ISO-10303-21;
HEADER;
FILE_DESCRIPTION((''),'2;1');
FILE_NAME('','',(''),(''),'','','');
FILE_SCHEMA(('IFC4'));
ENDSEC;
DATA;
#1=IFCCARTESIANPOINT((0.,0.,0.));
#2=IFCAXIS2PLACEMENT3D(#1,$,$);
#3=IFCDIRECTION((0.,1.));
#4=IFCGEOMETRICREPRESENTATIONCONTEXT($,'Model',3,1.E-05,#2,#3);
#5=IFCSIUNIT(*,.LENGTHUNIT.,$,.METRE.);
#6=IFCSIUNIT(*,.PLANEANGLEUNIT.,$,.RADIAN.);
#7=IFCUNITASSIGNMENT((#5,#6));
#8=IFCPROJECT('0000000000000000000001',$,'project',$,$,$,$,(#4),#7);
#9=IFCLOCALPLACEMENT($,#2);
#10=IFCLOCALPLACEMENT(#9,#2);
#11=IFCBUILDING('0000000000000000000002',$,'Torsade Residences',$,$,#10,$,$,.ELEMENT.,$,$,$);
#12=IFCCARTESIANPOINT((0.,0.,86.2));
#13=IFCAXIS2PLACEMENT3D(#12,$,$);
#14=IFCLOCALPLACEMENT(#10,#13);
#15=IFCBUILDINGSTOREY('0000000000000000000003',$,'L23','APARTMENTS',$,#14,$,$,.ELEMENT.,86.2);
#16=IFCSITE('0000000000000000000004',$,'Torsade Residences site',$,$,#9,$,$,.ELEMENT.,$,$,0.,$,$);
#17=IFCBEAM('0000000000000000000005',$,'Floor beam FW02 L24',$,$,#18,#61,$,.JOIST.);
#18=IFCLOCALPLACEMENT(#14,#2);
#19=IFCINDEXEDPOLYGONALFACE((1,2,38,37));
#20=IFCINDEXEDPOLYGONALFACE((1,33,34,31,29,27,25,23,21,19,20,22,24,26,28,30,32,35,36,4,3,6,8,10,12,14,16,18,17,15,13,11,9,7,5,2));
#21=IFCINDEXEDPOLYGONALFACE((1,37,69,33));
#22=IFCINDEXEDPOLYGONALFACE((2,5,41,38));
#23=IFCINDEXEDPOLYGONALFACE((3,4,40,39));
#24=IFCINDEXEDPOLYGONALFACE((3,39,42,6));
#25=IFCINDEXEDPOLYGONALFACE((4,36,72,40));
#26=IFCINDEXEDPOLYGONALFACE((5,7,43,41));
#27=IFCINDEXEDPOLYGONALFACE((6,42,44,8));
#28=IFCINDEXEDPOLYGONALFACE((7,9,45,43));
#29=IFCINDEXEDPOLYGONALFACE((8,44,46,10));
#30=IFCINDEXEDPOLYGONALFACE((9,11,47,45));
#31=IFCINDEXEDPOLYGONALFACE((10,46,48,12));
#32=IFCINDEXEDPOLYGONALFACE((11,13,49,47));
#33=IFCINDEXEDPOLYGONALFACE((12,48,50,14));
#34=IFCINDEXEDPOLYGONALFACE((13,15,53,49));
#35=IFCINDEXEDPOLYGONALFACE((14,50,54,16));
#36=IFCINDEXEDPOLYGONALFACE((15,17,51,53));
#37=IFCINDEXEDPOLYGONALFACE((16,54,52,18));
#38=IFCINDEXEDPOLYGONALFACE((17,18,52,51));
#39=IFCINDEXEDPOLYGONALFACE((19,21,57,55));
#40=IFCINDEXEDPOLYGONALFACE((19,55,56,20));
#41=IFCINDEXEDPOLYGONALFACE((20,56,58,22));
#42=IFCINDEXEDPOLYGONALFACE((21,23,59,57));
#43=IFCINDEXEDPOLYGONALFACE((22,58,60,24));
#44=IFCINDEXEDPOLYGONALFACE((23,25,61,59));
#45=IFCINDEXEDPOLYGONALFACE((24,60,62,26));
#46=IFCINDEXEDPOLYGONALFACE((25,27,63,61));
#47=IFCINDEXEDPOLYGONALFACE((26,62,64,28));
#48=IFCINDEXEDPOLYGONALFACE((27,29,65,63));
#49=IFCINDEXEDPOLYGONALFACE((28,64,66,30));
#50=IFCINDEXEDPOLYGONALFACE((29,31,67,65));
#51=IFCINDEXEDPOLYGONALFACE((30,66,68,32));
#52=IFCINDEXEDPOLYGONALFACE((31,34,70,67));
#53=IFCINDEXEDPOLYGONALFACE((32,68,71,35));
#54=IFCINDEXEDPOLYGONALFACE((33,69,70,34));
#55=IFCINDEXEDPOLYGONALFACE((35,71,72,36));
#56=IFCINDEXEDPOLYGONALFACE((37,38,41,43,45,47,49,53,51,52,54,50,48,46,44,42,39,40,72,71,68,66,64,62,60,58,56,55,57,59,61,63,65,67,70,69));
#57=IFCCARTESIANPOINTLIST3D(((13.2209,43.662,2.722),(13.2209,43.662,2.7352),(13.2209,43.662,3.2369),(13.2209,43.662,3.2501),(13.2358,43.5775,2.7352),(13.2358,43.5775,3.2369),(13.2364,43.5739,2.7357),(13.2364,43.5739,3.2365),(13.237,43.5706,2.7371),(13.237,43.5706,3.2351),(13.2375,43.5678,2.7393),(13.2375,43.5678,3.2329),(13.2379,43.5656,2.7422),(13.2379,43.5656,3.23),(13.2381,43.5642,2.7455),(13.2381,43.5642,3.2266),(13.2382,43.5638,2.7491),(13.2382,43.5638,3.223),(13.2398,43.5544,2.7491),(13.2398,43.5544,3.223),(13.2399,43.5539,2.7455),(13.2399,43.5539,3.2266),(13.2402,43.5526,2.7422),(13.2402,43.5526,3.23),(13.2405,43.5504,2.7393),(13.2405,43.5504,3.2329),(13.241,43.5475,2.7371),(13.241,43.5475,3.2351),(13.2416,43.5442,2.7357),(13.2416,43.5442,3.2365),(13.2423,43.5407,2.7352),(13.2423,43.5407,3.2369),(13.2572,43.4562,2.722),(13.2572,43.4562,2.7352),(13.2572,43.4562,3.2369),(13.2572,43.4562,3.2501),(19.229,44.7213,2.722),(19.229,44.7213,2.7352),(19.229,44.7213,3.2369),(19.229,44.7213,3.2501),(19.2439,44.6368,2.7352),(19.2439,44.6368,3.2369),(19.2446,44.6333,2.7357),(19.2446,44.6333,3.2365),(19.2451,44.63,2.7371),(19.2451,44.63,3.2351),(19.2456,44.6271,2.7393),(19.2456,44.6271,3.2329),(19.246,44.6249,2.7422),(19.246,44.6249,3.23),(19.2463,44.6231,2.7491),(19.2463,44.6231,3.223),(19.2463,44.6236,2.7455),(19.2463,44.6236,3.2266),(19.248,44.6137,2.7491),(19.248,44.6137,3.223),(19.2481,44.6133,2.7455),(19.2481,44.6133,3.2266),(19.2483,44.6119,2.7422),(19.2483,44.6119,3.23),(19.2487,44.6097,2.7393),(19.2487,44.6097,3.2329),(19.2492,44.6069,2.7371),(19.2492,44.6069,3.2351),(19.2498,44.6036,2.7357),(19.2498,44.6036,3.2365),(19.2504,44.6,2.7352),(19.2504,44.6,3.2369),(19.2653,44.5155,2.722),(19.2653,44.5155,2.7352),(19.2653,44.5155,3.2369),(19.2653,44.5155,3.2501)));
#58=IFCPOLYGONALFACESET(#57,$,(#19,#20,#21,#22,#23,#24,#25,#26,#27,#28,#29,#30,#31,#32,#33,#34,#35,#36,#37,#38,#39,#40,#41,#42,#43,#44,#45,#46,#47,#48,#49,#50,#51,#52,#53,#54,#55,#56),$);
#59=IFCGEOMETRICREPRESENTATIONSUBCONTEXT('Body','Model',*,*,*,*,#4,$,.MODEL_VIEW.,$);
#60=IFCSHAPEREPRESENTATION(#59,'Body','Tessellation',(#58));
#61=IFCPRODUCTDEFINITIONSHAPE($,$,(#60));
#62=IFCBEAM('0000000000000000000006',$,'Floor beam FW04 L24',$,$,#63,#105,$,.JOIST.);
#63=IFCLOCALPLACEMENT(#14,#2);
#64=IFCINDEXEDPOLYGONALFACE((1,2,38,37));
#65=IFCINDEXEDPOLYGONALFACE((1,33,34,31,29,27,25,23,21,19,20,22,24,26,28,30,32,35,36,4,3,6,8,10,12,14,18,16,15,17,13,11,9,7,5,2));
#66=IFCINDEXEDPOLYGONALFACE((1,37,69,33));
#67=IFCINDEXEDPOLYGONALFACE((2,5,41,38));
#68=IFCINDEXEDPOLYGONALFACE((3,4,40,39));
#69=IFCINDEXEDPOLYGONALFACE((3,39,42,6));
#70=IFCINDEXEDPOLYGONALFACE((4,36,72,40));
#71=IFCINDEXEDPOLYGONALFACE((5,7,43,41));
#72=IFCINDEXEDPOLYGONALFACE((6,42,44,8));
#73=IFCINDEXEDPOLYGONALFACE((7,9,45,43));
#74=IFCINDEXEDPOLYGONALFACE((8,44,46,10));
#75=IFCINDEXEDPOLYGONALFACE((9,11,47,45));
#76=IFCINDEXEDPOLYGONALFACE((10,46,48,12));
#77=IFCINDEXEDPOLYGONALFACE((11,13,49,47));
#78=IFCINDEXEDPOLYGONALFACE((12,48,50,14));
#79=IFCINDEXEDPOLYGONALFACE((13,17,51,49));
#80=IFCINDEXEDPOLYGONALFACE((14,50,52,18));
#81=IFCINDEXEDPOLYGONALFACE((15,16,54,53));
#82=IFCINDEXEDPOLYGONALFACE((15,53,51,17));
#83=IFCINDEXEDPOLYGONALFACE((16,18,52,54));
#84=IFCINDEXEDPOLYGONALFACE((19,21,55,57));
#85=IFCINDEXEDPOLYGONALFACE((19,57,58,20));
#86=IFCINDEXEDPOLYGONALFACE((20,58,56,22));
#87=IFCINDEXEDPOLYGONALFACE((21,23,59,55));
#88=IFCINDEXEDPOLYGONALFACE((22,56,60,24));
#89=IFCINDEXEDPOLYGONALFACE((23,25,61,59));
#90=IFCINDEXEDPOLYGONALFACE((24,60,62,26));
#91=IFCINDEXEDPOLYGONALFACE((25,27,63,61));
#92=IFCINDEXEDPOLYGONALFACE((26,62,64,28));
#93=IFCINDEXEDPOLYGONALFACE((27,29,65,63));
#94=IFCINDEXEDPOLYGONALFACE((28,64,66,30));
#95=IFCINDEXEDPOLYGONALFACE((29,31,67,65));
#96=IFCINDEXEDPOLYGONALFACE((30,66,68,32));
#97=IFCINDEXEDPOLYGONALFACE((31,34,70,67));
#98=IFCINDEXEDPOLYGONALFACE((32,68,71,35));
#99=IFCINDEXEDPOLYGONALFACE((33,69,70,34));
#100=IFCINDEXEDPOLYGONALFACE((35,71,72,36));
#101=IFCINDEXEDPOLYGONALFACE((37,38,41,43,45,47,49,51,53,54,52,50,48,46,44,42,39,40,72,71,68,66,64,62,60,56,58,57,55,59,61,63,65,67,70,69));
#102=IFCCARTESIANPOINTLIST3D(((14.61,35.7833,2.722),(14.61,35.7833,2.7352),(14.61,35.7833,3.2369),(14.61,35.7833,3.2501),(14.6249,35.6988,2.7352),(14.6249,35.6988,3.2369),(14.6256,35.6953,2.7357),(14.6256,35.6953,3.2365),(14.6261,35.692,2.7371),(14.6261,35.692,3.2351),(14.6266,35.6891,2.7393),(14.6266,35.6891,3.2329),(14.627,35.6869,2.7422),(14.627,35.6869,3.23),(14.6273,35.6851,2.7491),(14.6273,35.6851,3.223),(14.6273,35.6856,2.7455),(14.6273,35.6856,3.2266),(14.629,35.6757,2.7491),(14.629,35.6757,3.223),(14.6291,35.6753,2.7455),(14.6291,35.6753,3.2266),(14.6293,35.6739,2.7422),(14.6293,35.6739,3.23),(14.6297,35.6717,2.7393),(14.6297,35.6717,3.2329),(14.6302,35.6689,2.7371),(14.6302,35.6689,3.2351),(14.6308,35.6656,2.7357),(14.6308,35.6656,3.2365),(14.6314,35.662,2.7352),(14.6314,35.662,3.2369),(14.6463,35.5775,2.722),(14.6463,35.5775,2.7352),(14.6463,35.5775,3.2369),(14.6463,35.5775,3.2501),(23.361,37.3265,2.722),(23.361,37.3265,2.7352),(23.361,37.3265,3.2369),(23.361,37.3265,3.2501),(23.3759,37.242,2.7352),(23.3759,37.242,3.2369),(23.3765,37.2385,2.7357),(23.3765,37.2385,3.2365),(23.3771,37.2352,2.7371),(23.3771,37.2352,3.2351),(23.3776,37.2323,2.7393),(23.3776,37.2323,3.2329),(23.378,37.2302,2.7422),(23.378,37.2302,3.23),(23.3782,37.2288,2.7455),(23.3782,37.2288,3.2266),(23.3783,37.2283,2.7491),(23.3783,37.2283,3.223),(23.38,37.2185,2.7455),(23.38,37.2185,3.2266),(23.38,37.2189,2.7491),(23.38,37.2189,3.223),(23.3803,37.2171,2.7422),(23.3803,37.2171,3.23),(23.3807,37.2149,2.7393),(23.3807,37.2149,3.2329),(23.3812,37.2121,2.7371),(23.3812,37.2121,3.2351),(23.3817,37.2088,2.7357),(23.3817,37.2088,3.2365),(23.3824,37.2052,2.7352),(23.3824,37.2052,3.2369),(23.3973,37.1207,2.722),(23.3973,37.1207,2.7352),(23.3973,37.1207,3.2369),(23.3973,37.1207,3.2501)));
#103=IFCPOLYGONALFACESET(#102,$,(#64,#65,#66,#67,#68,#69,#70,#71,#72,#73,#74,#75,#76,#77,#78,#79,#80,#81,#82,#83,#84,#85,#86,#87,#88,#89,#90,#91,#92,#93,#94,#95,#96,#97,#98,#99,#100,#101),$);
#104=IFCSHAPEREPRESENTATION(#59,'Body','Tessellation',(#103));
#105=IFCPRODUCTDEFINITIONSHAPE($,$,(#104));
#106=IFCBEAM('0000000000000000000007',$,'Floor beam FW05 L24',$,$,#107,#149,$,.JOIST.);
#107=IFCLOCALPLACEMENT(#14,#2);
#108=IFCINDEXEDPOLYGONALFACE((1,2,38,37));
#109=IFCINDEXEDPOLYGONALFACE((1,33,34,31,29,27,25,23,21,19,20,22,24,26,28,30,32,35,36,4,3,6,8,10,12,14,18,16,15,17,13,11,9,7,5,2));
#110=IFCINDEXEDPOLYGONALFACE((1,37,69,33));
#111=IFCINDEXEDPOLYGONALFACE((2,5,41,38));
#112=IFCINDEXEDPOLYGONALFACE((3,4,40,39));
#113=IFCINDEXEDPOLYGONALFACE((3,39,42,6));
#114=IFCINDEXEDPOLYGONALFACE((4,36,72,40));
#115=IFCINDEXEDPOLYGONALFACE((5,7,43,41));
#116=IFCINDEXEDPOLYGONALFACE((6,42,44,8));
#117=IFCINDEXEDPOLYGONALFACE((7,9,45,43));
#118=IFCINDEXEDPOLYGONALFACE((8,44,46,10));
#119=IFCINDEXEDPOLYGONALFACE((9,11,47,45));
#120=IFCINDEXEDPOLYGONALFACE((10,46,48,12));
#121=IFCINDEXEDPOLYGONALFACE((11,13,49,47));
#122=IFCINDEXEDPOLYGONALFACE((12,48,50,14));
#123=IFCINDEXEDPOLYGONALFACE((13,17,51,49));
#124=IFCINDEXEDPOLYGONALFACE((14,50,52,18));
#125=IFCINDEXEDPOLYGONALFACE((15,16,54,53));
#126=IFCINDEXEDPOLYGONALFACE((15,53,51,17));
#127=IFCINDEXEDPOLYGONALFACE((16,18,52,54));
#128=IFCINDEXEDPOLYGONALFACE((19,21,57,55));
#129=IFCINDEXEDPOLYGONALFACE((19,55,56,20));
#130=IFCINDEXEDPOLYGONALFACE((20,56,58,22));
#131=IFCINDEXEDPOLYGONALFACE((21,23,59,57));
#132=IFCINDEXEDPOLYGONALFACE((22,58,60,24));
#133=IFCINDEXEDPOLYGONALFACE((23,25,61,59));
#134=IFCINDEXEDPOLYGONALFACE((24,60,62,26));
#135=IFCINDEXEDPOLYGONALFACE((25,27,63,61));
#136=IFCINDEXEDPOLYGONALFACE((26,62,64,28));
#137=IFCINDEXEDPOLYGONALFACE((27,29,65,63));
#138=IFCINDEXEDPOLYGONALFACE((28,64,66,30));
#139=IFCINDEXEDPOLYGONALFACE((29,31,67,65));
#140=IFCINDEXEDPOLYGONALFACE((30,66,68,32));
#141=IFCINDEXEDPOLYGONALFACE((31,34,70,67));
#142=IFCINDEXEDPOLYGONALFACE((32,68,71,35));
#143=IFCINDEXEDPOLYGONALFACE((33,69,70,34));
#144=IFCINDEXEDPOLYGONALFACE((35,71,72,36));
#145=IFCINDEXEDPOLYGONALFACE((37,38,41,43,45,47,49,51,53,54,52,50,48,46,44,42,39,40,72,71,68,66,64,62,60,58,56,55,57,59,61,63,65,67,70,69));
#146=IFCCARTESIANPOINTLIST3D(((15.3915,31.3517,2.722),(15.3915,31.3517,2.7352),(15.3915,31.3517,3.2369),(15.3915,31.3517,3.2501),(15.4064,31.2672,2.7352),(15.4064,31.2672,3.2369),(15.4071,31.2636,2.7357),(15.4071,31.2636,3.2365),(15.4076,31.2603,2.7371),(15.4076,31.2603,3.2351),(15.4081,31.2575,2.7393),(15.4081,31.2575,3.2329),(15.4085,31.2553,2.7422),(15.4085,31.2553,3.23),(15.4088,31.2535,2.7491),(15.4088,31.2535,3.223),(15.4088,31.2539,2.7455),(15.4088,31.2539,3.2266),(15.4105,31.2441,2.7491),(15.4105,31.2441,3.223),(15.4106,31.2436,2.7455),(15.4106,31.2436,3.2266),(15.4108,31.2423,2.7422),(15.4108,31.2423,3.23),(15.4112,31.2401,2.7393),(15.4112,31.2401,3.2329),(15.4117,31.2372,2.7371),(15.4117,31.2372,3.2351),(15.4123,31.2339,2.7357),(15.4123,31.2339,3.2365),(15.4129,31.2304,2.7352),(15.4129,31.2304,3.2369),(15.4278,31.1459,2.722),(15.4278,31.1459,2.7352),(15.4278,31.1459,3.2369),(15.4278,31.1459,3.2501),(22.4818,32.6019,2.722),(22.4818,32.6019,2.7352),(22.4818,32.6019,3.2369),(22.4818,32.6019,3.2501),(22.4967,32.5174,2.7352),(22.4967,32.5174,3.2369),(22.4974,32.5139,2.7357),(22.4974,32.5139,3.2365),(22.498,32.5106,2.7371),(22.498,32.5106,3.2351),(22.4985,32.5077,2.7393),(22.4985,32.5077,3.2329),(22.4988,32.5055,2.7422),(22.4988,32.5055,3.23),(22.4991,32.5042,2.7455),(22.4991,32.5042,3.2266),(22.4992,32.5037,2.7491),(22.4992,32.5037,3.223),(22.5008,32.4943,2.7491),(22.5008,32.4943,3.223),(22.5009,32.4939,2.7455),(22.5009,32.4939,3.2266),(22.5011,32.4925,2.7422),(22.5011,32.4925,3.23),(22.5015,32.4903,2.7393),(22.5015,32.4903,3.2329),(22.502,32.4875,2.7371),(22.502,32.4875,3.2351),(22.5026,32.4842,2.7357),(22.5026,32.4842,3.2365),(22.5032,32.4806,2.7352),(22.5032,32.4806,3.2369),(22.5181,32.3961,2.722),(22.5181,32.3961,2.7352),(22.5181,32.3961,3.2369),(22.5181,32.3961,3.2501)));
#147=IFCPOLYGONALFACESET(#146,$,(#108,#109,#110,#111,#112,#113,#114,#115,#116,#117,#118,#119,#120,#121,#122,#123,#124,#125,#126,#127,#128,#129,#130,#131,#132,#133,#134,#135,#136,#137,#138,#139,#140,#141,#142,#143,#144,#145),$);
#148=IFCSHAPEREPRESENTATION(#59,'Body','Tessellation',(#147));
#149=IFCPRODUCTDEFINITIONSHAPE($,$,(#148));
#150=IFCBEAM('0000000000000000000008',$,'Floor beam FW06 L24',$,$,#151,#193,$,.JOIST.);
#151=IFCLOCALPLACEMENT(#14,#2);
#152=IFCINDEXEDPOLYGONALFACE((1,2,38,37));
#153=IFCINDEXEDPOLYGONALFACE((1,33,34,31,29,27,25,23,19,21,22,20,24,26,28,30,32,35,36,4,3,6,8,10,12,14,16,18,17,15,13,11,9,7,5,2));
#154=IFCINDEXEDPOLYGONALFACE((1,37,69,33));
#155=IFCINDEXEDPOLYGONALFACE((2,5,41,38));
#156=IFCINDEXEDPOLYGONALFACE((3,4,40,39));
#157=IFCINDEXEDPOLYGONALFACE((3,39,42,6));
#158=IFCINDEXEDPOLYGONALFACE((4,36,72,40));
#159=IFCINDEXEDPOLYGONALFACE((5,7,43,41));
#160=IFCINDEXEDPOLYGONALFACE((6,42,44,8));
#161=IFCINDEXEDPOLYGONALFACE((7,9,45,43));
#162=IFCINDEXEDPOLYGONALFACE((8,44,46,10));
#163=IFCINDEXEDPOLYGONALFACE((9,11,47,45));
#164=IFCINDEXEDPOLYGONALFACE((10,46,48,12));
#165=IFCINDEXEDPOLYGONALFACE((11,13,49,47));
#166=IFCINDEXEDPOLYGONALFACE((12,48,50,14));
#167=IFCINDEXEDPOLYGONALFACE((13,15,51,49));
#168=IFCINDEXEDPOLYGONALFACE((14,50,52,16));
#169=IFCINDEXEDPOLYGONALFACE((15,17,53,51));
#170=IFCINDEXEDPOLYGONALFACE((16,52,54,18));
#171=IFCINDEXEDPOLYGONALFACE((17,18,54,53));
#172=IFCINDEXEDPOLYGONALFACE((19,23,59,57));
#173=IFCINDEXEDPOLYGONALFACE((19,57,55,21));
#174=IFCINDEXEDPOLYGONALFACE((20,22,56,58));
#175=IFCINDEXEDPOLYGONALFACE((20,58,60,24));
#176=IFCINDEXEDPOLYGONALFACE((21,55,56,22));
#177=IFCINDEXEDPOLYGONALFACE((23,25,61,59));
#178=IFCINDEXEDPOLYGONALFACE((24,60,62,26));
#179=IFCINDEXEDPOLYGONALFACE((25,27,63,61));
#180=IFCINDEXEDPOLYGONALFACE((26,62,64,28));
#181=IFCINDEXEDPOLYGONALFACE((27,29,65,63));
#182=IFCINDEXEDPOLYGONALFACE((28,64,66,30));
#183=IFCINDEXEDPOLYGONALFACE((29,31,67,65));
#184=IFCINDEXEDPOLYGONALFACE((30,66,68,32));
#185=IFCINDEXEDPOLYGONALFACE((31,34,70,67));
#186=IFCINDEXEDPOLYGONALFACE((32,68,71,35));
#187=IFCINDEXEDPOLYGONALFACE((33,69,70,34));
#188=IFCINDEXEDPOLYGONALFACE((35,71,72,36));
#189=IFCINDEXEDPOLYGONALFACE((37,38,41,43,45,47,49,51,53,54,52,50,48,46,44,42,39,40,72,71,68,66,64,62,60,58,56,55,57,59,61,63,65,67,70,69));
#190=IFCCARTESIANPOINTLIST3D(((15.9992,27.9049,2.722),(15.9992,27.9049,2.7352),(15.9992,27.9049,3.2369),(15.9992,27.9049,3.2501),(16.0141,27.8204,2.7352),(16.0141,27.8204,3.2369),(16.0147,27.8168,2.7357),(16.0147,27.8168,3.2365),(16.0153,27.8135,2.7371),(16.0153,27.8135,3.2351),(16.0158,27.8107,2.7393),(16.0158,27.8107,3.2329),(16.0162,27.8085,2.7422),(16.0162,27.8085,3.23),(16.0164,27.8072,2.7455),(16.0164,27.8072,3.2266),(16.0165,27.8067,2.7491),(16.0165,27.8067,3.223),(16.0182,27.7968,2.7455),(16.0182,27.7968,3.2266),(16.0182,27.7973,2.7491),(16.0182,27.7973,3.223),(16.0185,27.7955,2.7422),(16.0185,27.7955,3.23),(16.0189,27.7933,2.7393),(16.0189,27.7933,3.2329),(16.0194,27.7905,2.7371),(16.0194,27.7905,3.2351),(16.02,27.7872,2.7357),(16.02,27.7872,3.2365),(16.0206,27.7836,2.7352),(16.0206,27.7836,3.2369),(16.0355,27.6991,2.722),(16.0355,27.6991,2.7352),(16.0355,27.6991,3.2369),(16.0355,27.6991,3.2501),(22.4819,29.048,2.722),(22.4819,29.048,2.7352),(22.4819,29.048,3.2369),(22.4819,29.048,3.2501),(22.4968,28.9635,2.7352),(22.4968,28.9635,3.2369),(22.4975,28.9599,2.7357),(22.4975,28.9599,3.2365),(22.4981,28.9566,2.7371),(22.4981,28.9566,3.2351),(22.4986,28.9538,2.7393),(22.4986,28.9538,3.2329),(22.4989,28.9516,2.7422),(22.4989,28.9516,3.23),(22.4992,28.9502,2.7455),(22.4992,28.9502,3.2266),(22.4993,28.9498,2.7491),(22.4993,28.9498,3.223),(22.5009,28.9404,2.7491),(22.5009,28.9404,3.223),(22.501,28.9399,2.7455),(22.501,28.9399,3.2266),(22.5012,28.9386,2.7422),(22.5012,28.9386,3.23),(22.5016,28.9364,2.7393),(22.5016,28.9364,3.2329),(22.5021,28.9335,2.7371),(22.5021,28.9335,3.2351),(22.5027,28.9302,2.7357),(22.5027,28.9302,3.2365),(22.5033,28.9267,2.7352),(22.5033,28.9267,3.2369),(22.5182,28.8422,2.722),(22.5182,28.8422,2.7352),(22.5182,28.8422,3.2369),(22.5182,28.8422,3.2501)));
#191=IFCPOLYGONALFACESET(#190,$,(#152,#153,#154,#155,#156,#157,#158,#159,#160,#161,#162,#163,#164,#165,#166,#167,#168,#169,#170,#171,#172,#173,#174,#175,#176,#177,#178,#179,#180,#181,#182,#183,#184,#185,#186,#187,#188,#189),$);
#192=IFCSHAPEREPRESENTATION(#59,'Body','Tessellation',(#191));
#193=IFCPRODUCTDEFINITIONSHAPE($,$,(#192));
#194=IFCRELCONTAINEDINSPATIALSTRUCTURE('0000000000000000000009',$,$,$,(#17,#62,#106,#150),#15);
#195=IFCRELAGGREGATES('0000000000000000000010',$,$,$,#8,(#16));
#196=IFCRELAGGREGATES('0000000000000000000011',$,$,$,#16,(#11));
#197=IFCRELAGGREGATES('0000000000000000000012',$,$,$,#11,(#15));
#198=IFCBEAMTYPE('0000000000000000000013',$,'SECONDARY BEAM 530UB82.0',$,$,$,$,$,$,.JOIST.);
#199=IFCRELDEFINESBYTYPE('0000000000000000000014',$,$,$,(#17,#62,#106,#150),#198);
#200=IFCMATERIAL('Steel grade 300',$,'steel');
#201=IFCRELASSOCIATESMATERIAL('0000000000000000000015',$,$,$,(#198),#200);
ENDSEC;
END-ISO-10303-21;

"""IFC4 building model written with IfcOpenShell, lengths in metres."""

from ifc_helpers import new_model, si_unit, direction, frame, origin, origin_2d, place, context, subcontext, project, spatial, i_section, extrude, material, material_profile, profile_set, type_object, element, save


model = new_model("IFC4")

# Units and contexts
model_context = context("Model", 3, precision=1e-05, world=origin(), true_north=direction((0.0, 1.0)))
body_context = subcontext(model_context, "Body", "Model", "MODEL_VIEW")
ifc_project = project(units=[si_unit("LENGTHUNIT", "METRE"), si_unit("PLANEANGLEUNIT", "RADIAN")], contexts=[model_context])

# Site, building, storey
site_placement = place(None, origin())
site = spatial("IfcSite", under=ifc_project, at=site_placement, Name="Torsade Residences site", CompositionType="ELEMENT", RefElevation=0.0)
building_placement = place(site_placement, origin())
building = spatial("IfcBuilding", under=site, at=building_placement, Name="Torsade Residences", CompositionType="ELEMENT")
storey_placement = place(building_placement, frame((0.0, 0.0, 86.2)))
storey = spatial("IfcBuildingStorey", under=building, at=storey_placement, Name="L23", Description="APARTMENTS", CompositionType="ELEMENT", Elevation=86.2)

# Beams
ifc_material_1 = material(Name="Steel grade 300", Category="steel")
ifc_material_profile_1 = material_profile(ifc_material_1, i_section(OverallWidth=0.209, OverallDepth=0.5281, WebThickness=0.0095, FlangeThickness=0.0132, FilletRadius=0.0139, at=origin_2d()), Name="530UB82.0")
ifc_profile_set_1 = profile_set([ifc_material_profile_1], Name="Steel grade 300")
beam_type_1 = type_object("IfcBeamType", Name="SECONDARY BEAM 530UB82.0", PredefinedType="JOIST", material=ifc_profile_set_1)
beam_1_placement = place(storey_placement, frame((13.239, 43.5591, 2.9861), z_axis=(0.984809, 0.173639, 0.0), x_axis=(-0.173639, 0.984809, 0.0)))
element("IfcBeam", 1, at=beam_1_placement, inside=storey, type_object=beam_type_1, Name="Floor beam FW02 L24", PredefinedType="JOIST", context=body_context, shape_type="SweptSolid", body=[
    extrude(i_section(OverallWidth=0.209, OverallDepth=0.5281, WebThickness=0.0095, FlangeThickness=0.0132, FilletRadius=0.0139, at=origin_2d()), origin(), (0.0, 0.0, 1.0), 6.1008),
])
beam_2_placement = place(storey_placement, frame((14.6282, 35.6804, 2.9861), z_axis=(0.984804, 0.173668, 0.0), x_axis=(-0.173668, 0.984804, 0.0)))
element("IfcBeam", 2, at=beam_2_placement, inside=storey, type_object=beam_type_1, Name="Floor beam FW04 L24", PredefinedType="JOIST", context=body_context, shape_type="SweptSolid", body=[
    extrude(i_section(OverallWidth=0.209, OverallDepth=0.5281, WebThickness=0.0095, FlangeThickness=0.0132, FilletRadius=0.0139, at=origin_2d()), origin(), (0.0, 0.0, 1.0), 8.886),
])
beam_3_placement = place(storey_placement, frame((15.4097, 31.2488, 2.9861), z_axis=(0.984807, 0.173652, 0.0), x_axis=(-0.173652, 0.984807, 0.0)))
element("IfcBeam", 3, at=beam_3_placement, inside=storey, type_object=beam_type_1, Name="Floor beam FW05 L24", PredefinedType="JOIST", context=body_context, shape_type="SweptSolid", body=[
    extrude(i_section(OverallWidth=0.209, OverallDepth=0.5281, WebThickness=0.0095, FlangeThickness=0.0132, FilletRadius=0.0139, at=origin_2d()), origin(), (0.0, 0.0, 1.0), 7.1997),
])
beam_4_placement = place(storey_placement, frame((16.0173, 27.802, 2.9861), z_axis=(0.984808, 0.173648, 0.0), x_axis=(-0.173648, 0.984808, 0.0)))
element("IfcBeam", 4, at=beam_4_placement, inside=storey, type_object=beam_type_1, Name="Floor beam FW06 L24", PredefinedType="JOIST", context=body_context, shape_type="SweptSolid", body=[
    extrude(i_section(OverallWidth=0.209, OverallDepth=0.5281, WebThickness=0.0095, FlangeThickness=0.0132, FilletRadius=0.0139, at=origin_2d()), origin(), (0.0, 0.0, 1.0), 6.5828),
])

save(model, "model.ifc")
